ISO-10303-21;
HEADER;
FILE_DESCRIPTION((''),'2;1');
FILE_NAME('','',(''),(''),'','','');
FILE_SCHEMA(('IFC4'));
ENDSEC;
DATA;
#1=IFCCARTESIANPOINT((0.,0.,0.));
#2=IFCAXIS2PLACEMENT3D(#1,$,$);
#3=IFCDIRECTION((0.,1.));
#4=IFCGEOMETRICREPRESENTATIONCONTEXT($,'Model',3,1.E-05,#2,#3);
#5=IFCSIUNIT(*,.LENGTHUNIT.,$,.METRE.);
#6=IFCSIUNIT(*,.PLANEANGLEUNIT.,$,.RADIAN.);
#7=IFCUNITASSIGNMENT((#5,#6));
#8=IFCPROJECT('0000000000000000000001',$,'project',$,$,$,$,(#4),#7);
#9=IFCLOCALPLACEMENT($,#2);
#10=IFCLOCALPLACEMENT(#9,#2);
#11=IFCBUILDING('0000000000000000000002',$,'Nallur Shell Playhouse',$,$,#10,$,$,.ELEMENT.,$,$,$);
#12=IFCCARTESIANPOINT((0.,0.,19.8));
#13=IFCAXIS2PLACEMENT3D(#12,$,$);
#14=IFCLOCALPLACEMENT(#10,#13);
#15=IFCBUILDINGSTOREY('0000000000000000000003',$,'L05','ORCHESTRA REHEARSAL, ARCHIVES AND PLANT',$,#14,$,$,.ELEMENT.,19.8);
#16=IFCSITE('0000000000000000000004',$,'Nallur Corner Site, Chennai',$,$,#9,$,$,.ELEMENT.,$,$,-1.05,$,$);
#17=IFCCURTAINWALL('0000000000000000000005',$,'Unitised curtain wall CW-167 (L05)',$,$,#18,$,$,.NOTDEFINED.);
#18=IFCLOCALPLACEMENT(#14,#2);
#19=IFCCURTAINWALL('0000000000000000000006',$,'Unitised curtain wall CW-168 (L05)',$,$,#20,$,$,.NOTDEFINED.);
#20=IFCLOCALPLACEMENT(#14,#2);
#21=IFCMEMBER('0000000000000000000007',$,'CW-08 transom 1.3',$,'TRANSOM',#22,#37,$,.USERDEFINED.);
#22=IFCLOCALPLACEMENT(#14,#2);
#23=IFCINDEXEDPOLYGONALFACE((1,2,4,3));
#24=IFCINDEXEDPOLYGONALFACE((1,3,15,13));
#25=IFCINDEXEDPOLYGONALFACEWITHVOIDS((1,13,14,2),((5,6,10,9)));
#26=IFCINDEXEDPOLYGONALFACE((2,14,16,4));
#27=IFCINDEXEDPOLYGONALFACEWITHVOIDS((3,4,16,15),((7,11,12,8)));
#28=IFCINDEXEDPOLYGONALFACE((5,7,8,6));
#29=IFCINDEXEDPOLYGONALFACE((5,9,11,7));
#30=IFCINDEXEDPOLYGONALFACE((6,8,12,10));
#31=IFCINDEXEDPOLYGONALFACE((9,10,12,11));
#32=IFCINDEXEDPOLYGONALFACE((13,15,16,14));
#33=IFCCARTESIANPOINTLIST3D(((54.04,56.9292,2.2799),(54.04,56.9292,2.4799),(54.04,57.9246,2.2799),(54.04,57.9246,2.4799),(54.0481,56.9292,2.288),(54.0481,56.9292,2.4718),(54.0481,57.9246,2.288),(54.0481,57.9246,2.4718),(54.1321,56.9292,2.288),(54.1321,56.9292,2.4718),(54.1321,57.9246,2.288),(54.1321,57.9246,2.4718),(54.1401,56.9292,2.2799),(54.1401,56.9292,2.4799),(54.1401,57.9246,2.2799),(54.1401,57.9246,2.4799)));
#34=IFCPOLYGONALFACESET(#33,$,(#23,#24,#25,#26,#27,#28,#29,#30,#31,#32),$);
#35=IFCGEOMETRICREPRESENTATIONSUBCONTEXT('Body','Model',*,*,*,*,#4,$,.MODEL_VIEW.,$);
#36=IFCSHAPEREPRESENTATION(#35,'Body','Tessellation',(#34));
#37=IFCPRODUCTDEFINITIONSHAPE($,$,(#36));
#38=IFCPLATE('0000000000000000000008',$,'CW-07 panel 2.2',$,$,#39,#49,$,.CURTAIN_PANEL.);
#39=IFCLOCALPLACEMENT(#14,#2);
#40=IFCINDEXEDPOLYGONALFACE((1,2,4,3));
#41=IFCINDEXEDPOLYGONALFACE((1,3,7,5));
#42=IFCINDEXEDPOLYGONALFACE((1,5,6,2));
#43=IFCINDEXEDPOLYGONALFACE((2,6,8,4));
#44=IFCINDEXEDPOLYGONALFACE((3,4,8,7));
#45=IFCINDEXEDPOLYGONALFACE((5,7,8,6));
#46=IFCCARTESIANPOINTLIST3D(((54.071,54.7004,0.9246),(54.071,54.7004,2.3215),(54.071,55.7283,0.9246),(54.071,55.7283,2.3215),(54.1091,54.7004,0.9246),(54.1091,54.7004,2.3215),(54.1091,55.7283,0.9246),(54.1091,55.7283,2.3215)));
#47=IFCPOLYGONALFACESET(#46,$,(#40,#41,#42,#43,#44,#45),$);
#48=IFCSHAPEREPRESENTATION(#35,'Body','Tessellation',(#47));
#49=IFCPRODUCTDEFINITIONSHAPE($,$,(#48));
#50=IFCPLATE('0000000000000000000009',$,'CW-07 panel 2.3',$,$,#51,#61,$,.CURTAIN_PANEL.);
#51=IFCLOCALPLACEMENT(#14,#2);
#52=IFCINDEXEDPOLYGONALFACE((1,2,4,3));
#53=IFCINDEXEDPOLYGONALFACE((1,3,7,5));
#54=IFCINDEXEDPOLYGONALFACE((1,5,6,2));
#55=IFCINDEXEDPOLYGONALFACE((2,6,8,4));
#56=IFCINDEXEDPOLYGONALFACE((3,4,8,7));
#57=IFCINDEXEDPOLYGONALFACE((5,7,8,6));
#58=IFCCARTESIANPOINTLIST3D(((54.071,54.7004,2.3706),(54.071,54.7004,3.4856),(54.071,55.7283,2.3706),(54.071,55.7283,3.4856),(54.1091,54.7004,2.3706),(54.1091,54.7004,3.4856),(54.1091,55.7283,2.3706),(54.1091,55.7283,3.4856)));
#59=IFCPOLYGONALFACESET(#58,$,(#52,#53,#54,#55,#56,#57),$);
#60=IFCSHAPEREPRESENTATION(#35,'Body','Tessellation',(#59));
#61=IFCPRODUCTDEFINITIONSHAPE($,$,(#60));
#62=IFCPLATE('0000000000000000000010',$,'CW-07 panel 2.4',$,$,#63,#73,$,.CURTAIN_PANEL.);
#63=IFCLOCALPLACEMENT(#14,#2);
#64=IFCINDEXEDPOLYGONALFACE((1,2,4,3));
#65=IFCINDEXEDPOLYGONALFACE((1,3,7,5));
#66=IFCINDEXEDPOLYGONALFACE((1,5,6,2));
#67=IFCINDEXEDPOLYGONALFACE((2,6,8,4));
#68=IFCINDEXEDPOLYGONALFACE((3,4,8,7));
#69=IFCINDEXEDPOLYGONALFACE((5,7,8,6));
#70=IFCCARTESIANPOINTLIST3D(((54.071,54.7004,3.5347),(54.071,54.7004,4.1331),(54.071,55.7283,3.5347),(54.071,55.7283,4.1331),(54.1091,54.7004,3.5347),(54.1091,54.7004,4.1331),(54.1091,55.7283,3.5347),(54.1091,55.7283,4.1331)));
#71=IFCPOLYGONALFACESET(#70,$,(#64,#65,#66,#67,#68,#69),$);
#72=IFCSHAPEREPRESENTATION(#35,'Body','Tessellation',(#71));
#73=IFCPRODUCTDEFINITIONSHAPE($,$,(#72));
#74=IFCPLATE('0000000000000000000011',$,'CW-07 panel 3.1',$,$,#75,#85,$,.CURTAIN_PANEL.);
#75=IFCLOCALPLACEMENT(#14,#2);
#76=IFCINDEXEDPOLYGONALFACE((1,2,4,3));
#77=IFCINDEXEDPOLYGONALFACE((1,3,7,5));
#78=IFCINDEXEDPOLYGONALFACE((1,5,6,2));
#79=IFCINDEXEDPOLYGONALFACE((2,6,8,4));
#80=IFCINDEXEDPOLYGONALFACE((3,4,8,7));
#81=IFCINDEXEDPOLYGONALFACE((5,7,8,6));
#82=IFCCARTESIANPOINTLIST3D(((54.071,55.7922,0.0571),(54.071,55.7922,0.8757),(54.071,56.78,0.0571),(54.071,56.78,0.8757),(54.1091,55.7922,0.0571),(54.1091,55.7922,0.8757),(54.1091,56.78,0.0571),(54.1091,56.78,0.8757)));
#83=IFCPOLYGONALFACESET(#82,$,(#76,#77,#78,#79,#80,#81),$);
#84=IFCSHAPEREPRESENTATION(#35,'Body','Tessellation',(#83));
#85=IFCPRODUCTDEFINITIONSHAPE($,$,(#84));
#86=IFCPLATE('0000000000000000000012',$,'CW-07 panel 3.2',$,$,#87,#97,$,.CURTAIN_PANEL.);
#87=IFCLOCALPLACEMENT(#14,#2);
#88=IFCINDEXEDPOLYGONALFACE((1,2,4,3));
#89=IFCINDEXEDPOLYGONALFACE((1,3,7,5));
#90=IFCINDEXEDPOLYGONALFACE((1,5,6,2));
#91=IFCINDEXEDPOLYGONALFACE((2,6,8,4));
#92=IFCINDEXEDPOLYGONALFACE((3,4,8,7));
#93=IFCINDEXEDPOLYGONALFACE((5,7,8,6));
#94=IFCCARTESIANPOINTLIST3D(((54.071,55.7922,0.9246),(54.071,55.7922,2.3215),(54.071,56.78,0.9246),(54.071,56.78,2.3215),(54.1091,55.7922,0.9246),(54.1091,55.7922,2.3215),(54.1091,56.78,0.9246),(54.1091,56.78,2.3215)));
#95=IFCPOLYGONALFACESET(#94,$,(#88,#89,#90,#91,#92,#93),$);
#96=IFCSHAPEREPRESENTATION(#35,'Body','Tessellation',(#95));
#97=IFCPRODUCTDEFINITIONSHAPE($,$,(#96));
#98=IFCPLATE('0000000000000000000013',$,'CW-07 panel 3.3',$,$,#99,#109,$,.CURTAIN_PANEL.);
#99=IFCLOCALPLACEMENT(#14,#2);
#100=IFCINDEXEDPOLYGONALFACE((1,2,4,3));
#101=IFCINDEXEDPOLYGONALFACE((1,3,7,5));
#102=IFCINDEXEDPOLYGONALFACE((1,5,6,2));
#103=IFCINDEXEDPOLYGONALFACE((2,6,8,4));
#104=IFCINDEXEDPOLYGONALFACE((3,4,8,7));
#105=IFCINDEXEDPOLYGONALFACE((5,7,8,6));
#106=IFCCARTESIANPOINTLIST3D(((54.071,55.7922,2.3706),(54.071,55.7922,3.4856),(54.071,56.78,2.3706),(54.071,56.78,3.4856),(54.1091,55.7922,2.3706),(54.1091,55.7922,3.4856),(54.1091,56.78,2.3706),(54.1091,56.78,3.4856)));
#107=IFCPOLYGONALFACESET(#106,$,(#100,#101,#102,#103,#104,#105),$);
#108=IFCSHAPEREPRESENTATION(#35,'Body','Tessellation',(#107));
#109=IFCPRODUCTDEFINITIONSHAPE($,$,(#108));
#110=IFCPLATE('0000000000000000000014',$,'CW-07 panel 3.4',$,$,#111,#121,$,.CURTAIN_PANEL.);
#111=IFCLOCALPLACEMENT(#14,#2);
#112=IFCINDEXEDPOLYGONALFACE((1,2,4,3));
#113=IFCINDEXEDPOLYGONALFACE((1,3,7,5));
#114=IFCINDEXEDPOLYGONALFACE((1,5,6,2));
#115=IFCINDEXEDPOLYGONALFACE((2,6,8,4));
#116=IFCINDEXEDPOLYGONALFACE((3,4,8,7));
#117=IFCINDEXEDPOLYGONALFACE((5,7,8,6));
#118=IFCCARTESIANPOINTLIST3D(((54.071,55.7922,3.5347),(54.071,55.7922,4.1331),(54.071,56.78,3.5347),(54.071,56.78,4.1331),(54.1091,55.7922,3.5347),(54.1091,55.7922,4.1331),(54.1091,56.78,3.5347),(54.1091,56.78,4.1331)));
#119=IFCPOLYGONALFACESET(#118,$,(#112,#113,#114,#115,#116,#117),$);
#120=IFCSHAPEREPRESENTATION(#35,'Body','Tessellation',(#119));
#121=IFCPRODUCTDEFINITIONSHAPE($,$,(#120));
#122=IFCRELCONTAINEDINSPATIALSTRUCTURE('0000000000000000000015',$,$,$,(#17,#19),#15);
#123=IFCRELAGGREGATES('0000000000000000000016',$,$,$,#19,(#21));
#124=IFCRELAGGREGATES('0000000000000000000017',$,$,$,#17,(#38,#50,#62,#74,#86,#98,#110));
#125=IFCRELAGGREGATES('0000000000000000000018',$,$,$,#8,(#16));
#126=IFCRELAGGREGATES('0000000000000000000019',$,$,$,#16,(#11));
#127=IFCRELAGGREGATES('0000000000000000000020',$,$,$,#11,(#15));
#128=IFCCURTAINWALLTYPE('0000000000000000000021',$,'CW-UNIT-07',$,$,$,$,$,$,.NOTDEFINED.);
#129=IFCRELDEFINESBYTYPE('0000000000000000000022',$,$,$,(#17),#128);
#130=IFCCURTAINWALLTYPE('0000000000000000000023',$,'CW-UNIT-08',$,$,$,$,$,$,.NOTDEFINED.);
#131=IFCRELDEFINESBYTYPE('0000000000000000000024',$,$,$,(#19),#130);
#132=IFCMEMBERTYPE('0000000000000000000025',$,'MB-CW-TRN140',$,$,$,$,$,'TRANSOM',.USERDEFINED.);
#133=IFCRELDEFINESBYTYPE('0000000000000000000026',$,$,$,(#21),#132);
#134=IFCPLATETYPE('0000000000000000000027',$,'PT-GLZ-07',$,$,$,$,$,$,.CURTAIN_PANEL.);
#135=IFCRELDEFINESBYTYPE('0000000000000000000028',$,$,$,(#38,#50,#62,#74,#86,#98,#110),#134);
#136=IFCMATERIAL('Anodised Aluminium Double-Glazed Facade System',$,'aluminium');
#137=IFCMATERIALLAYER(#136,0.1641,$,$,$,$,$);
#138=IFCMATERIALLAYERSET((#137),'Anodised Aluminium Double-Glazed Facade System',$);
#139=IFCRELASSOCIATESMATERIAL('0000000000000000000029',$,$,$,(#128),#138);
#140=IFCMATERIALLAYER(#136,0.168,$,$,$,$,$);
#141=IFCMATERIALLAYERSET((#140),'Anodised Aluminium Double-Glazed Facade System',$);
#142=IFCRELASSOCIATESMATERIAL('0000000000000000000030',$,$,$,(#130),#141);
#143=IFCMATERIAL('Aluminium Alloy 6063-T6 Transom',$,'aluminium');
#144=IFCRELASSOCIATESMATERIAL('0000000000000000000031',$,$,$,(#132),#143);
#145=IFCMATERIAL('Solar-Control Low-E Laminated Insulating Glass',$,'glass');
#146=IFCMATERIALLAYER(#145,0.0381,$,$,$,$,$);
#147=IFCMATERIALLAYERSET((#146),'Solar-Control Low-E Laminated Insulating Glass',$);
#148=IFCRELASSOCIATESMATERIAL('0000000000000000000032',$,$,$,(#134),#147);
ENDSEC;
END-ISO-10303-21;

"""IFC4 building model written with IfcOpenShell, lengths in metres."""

from ifc_helpers import new_model, si_unit, direction, frame, origin, origin_2d, place, context, subcontext, project, spatial, rectangle, hollow_rectangle, extrude, material, layer, layer_set, material_profile, profile_set, type_object, element, aggregate, save


model = new_model("IFC4")

# Units and contexts
model_context = context("Model", 3, precision=1e-05, world=origin(), true_north=direction((0.0, 1.0)))
body_context = subcontext(model_context, "Body", "Model", "MODEL_VIEW")
ifc_project = project(units=[si_unit("LENGTHUNIT", "METRE"), si_unit("PLANEANGLEUNIT", "RADIAN")], contexts=[model_context])

# Site, building, storey
site_placement = place(None, origin())
site = spatial("IfcSite", under=ifc_project, at=site_placement, Name="Nallur Corner Site, Chennai", CompositionType="ELEMENT", RefElevation=-1.05)
building_placement = place(site_placement, origin())
building = spatial("IfcBuilding", under=site, at=building_placement, Name="Nallur Shell Playhouse", CompositionType="ELEMENT")
storey_placement = place(building_placement, frame((0.0, 0.0, 19.8)))
storey = spatial("IfcBuildingStorey", under=building, at=storey_placement, Name="L05", Description="ORCHESTRA REHEARSAL, ARCHIVES AND PLANT", CompositionType="ELEMENT", Elevation=19.8)

# Curtain wall
ifc_material_1 = material(Name="Anodised Aluminium Double-Glazed Facade System", Category="aluminium")
ifc_layer_1 = layer(ifc_material_1, 0.1641)
ifc_layer_set_1 = layer_set([ifc_layer_1], Name="Anodised Aluminium Double-Glazed Facade System")
curtain_wall_type_1 = type_object("IfcCurtainWallType", Name="CW-UNIT-07", PredefinedType="NOTDEFINED", material=ifc_layer_set_1)
curtain_wall_1_placement = place(storey_placement, origin())
curtain_wall_1 = element("IfcCurtainWall", 1, at=curtain_wall_1_placement, inside=storey, type_object=curtain_wall_type_1, Name="Unitised curtain wall CW-167 (L05)", PredefinedType="NOTDEFINED")

# Curtain wall
ifc_layer_2 = layer(ifc_material_1, 0.168)
ifc_layer_set_2 = layer_set([ifc_layer_2], Name="Anodised Aluminium Double-Glazed Facade System")
curtain_wall_type_2 = type_object("IfcCurtainWallType", Name="CW-UNIT-08", PredefinedType="NOTDEFINED", material=ifc_layer_set_2)
curtain_wall_2_placement = place(storey_placement, origin())
curtain_wall_2 = element("IfcCurtainWall", 2, at=curtain_wall_2_placement, inside=storey, type_object=curtain_wall_type_2, Name="Unitised curtain wall CW-168 (L05)", PredefinedType="NOTDEFINED")

# Member
ifc_material_2 = material(Name="Aluminium Alloy 6063-T6 Transom", Category="aluminium")
ifc_material_profile_1 = material_profile(ifc_material_2, hollow_rectangle(XDim=0.1001, YDim=0.2, WallThickness=0.0081, at=origin_2d()), Name="RHS 200x100x8")
ifc_profile_set_1 = profile_set([ifc_material_profile_1], Name="Aluminium Alloy 6063-T6 Transom")
member_type_1 = type_object("IfcMemberType", Name="MB-CW-TRN140", ElementType="TRANSOM", PredefinedType="USERDEFINED", material=ifc_profile_set_1)
member_1_placement = place(storey_placement, frame((54.0901, 56.9292, 2.3799), z_axis=(0.0, 1.0, 0.0), x_axis=(-1.0, 0.0, 0.0)))
member_1 = element("IfcMember", 3, at=member_1_placement, type_object=member_type_1, Name="CW-08 transom 1.3", ObjectType="TRANSOM", PredefinedType="USERDEFINED", context=body_context, shape_type="SweptSolid", body=[
    extrude(hollow_rectangle(XDim=0.1001, YDim=0.2, WallThickness=0.0081, at=origin_2d()), origin(), (0.0, 0.0, 1.0), 0.9954),
])
aggregate(curtain_wall_2, [member_1])

# Plates
ifc_material_3 = material(Name="Solar-Control Low-E Laminated Insulating Glass", Category="glass")
ifc_layer_3 = layer(ifc_material_3, 0.0381)
ifc_layer_set_3 = layer_set([ifc_layer_3], Name="Solar-Control Low-E Laminated Insulating Glass")
plate_type = type_object("IfcPlateType", Name="PT-GLZ-07", PredefinedType="CURTAIN_PANEL", material=ifc_layer_set_3)
plate_1_placement = place(storey_placement, frame((54.0901, 55.2144, 0.9246), z_axis=(0.0, 0.0, 1.0), x_axis=(0.0, 1.0, 0.0)))
plate_1 = element("IfcPlate", 4, at=plate_1_placement, type_object=plate_type, Name="CW-07 panel 2.2", PredefinedType="CURTAIN_PANEL", context=body_context, shape_type="SweptSolid", body=[
    extrude(rectangle(XDim=1.0278, YDim=0.0381, at=origin_2d()), origin(), (0.0, 0.0, 1.0), 1.397),
])
plate_2_placement = place(storey_placement, frame((54.0901, 55.2144, 2.3706), z_axis=(0.0, 0.0, 1.0), x_axis=(0.0, 1.0, 0.0)))
plate_2 = element("IfcPlate", 5, at=plate_2_placement, type_object=plate_type, Name="CW-07 panel 2.3", PredefinedType="CURTAIN_PANEL", context=body_context, shape_type="SweptSolid", body=[
    extrude(rectangle(XDim=1.0278, YDim=0.0381, at=origin_2d()), origin(), (0.0, 0.0, 1.0), 1.115),
])
plate_3_placement = place(storey_placement, frame((54.0901, 55.2144, 3.5347), z_axis=(0.0, 0.0, 1.0), x_axis=(0.0, 1.0, 0.0)))
plate_3 = element("IfcPlate", 6, at=plate_3_placement, type_object=plate_type, Name="CW-07 panel 2.4", PredefinedType="CURTAIN_PANEL", context=body_context, shape_type="SweptSolid", body=[
    extrude(rectangle(XDim=1.0278, YDim=0.0381, at=origin_2d()), origin(), (0.0, 0.0, 1.0), 0.5984),
])
plate_4_placement = place(storey_placement, frame((54.0901, 56.2861, 0.0571), z_axis=(0.0, 0.0, 1.0), x_axis=(0.0, 1.0, 0.0)))
plate_4 = element("IfcPlate", 7, at=plate_4_placement, type_object=plate_type, Name="CW-07 panel 3.1", PredefinedType="CURTAIN_PANEL", context=body_context, shape_type="SweptSolid", body=[
    extrude(rectangle(XDim=0.9878, YDim=0.0381, at=origin_2d()), origin(), (0.0, 0.0, 1.0), 0.8186),
])
plate_5_placement = place(storey_placement, frame((54.0901, 56.2861, 0.9246), z_axis=(0.0, 0.0, 1.0), x_axis=(0.0, 1.0, 0.0)))
plate_5 = element("IfcPlate", 8, at=plate_5_placement, type_object=plate_type, Name="CW-07 panel 3.2", PredefinedType="CURTAIN_PANEL", context=body_context, shape_type="SweptSolid", body=[
    extrude(rectangle(XDim=0.9878, YDim=0.0381, at=origin_2d()), origin(), (0.0, 0.0, 1.0), 1.397),
])
plate_6_placement = place(storey_placement, frame((54.0901, 56.2861, 2.3706), z_axis=(0.0, 0.0, 1.0), x_axis=(0.0, 1.0, 0.0)))
plate_6 = element("IfcPlate", 9, at=plate_6_placement, type_object=plate_type, Name="CW-07 panel 3.3", PredefinedType="CURTAIN_PANEL", context=body_context, shape_type="SweptSolid", body=[
    extrude(rectangle(XDim=0.9878, YDim=0.0381, at=origin_2d()), origin(), (0.0, 0.0, 1.0), 1.115),
])
plate_7_placement = place(storey_placement, frame((54.0901, 56.2861, 3.5347), z_axis=(0.0, 0.0, 1.0), x_axis=(0.0, 1.0, 0.0)))
plate_7 = element("IfcPlate", 10, at=plate_7_placement, type_object=plate_type, Name="CW-07 panel 3.4", PredefinedType="CURTAIN_PANEL", context=body_context, shape_type="SweptSolid", body=[
    extrude(rectangle(XDim=0.9878, YDim=0.0381, at=origin_2d()), origin(), (0.0, 0.0, 1.0), 0.5984),
])
aggregate(curtain_wall_1, [plate_1, plate_2, plate_3, plate_4, plate_5, plate_6, plate_7])

save(model, "model.ifc")
